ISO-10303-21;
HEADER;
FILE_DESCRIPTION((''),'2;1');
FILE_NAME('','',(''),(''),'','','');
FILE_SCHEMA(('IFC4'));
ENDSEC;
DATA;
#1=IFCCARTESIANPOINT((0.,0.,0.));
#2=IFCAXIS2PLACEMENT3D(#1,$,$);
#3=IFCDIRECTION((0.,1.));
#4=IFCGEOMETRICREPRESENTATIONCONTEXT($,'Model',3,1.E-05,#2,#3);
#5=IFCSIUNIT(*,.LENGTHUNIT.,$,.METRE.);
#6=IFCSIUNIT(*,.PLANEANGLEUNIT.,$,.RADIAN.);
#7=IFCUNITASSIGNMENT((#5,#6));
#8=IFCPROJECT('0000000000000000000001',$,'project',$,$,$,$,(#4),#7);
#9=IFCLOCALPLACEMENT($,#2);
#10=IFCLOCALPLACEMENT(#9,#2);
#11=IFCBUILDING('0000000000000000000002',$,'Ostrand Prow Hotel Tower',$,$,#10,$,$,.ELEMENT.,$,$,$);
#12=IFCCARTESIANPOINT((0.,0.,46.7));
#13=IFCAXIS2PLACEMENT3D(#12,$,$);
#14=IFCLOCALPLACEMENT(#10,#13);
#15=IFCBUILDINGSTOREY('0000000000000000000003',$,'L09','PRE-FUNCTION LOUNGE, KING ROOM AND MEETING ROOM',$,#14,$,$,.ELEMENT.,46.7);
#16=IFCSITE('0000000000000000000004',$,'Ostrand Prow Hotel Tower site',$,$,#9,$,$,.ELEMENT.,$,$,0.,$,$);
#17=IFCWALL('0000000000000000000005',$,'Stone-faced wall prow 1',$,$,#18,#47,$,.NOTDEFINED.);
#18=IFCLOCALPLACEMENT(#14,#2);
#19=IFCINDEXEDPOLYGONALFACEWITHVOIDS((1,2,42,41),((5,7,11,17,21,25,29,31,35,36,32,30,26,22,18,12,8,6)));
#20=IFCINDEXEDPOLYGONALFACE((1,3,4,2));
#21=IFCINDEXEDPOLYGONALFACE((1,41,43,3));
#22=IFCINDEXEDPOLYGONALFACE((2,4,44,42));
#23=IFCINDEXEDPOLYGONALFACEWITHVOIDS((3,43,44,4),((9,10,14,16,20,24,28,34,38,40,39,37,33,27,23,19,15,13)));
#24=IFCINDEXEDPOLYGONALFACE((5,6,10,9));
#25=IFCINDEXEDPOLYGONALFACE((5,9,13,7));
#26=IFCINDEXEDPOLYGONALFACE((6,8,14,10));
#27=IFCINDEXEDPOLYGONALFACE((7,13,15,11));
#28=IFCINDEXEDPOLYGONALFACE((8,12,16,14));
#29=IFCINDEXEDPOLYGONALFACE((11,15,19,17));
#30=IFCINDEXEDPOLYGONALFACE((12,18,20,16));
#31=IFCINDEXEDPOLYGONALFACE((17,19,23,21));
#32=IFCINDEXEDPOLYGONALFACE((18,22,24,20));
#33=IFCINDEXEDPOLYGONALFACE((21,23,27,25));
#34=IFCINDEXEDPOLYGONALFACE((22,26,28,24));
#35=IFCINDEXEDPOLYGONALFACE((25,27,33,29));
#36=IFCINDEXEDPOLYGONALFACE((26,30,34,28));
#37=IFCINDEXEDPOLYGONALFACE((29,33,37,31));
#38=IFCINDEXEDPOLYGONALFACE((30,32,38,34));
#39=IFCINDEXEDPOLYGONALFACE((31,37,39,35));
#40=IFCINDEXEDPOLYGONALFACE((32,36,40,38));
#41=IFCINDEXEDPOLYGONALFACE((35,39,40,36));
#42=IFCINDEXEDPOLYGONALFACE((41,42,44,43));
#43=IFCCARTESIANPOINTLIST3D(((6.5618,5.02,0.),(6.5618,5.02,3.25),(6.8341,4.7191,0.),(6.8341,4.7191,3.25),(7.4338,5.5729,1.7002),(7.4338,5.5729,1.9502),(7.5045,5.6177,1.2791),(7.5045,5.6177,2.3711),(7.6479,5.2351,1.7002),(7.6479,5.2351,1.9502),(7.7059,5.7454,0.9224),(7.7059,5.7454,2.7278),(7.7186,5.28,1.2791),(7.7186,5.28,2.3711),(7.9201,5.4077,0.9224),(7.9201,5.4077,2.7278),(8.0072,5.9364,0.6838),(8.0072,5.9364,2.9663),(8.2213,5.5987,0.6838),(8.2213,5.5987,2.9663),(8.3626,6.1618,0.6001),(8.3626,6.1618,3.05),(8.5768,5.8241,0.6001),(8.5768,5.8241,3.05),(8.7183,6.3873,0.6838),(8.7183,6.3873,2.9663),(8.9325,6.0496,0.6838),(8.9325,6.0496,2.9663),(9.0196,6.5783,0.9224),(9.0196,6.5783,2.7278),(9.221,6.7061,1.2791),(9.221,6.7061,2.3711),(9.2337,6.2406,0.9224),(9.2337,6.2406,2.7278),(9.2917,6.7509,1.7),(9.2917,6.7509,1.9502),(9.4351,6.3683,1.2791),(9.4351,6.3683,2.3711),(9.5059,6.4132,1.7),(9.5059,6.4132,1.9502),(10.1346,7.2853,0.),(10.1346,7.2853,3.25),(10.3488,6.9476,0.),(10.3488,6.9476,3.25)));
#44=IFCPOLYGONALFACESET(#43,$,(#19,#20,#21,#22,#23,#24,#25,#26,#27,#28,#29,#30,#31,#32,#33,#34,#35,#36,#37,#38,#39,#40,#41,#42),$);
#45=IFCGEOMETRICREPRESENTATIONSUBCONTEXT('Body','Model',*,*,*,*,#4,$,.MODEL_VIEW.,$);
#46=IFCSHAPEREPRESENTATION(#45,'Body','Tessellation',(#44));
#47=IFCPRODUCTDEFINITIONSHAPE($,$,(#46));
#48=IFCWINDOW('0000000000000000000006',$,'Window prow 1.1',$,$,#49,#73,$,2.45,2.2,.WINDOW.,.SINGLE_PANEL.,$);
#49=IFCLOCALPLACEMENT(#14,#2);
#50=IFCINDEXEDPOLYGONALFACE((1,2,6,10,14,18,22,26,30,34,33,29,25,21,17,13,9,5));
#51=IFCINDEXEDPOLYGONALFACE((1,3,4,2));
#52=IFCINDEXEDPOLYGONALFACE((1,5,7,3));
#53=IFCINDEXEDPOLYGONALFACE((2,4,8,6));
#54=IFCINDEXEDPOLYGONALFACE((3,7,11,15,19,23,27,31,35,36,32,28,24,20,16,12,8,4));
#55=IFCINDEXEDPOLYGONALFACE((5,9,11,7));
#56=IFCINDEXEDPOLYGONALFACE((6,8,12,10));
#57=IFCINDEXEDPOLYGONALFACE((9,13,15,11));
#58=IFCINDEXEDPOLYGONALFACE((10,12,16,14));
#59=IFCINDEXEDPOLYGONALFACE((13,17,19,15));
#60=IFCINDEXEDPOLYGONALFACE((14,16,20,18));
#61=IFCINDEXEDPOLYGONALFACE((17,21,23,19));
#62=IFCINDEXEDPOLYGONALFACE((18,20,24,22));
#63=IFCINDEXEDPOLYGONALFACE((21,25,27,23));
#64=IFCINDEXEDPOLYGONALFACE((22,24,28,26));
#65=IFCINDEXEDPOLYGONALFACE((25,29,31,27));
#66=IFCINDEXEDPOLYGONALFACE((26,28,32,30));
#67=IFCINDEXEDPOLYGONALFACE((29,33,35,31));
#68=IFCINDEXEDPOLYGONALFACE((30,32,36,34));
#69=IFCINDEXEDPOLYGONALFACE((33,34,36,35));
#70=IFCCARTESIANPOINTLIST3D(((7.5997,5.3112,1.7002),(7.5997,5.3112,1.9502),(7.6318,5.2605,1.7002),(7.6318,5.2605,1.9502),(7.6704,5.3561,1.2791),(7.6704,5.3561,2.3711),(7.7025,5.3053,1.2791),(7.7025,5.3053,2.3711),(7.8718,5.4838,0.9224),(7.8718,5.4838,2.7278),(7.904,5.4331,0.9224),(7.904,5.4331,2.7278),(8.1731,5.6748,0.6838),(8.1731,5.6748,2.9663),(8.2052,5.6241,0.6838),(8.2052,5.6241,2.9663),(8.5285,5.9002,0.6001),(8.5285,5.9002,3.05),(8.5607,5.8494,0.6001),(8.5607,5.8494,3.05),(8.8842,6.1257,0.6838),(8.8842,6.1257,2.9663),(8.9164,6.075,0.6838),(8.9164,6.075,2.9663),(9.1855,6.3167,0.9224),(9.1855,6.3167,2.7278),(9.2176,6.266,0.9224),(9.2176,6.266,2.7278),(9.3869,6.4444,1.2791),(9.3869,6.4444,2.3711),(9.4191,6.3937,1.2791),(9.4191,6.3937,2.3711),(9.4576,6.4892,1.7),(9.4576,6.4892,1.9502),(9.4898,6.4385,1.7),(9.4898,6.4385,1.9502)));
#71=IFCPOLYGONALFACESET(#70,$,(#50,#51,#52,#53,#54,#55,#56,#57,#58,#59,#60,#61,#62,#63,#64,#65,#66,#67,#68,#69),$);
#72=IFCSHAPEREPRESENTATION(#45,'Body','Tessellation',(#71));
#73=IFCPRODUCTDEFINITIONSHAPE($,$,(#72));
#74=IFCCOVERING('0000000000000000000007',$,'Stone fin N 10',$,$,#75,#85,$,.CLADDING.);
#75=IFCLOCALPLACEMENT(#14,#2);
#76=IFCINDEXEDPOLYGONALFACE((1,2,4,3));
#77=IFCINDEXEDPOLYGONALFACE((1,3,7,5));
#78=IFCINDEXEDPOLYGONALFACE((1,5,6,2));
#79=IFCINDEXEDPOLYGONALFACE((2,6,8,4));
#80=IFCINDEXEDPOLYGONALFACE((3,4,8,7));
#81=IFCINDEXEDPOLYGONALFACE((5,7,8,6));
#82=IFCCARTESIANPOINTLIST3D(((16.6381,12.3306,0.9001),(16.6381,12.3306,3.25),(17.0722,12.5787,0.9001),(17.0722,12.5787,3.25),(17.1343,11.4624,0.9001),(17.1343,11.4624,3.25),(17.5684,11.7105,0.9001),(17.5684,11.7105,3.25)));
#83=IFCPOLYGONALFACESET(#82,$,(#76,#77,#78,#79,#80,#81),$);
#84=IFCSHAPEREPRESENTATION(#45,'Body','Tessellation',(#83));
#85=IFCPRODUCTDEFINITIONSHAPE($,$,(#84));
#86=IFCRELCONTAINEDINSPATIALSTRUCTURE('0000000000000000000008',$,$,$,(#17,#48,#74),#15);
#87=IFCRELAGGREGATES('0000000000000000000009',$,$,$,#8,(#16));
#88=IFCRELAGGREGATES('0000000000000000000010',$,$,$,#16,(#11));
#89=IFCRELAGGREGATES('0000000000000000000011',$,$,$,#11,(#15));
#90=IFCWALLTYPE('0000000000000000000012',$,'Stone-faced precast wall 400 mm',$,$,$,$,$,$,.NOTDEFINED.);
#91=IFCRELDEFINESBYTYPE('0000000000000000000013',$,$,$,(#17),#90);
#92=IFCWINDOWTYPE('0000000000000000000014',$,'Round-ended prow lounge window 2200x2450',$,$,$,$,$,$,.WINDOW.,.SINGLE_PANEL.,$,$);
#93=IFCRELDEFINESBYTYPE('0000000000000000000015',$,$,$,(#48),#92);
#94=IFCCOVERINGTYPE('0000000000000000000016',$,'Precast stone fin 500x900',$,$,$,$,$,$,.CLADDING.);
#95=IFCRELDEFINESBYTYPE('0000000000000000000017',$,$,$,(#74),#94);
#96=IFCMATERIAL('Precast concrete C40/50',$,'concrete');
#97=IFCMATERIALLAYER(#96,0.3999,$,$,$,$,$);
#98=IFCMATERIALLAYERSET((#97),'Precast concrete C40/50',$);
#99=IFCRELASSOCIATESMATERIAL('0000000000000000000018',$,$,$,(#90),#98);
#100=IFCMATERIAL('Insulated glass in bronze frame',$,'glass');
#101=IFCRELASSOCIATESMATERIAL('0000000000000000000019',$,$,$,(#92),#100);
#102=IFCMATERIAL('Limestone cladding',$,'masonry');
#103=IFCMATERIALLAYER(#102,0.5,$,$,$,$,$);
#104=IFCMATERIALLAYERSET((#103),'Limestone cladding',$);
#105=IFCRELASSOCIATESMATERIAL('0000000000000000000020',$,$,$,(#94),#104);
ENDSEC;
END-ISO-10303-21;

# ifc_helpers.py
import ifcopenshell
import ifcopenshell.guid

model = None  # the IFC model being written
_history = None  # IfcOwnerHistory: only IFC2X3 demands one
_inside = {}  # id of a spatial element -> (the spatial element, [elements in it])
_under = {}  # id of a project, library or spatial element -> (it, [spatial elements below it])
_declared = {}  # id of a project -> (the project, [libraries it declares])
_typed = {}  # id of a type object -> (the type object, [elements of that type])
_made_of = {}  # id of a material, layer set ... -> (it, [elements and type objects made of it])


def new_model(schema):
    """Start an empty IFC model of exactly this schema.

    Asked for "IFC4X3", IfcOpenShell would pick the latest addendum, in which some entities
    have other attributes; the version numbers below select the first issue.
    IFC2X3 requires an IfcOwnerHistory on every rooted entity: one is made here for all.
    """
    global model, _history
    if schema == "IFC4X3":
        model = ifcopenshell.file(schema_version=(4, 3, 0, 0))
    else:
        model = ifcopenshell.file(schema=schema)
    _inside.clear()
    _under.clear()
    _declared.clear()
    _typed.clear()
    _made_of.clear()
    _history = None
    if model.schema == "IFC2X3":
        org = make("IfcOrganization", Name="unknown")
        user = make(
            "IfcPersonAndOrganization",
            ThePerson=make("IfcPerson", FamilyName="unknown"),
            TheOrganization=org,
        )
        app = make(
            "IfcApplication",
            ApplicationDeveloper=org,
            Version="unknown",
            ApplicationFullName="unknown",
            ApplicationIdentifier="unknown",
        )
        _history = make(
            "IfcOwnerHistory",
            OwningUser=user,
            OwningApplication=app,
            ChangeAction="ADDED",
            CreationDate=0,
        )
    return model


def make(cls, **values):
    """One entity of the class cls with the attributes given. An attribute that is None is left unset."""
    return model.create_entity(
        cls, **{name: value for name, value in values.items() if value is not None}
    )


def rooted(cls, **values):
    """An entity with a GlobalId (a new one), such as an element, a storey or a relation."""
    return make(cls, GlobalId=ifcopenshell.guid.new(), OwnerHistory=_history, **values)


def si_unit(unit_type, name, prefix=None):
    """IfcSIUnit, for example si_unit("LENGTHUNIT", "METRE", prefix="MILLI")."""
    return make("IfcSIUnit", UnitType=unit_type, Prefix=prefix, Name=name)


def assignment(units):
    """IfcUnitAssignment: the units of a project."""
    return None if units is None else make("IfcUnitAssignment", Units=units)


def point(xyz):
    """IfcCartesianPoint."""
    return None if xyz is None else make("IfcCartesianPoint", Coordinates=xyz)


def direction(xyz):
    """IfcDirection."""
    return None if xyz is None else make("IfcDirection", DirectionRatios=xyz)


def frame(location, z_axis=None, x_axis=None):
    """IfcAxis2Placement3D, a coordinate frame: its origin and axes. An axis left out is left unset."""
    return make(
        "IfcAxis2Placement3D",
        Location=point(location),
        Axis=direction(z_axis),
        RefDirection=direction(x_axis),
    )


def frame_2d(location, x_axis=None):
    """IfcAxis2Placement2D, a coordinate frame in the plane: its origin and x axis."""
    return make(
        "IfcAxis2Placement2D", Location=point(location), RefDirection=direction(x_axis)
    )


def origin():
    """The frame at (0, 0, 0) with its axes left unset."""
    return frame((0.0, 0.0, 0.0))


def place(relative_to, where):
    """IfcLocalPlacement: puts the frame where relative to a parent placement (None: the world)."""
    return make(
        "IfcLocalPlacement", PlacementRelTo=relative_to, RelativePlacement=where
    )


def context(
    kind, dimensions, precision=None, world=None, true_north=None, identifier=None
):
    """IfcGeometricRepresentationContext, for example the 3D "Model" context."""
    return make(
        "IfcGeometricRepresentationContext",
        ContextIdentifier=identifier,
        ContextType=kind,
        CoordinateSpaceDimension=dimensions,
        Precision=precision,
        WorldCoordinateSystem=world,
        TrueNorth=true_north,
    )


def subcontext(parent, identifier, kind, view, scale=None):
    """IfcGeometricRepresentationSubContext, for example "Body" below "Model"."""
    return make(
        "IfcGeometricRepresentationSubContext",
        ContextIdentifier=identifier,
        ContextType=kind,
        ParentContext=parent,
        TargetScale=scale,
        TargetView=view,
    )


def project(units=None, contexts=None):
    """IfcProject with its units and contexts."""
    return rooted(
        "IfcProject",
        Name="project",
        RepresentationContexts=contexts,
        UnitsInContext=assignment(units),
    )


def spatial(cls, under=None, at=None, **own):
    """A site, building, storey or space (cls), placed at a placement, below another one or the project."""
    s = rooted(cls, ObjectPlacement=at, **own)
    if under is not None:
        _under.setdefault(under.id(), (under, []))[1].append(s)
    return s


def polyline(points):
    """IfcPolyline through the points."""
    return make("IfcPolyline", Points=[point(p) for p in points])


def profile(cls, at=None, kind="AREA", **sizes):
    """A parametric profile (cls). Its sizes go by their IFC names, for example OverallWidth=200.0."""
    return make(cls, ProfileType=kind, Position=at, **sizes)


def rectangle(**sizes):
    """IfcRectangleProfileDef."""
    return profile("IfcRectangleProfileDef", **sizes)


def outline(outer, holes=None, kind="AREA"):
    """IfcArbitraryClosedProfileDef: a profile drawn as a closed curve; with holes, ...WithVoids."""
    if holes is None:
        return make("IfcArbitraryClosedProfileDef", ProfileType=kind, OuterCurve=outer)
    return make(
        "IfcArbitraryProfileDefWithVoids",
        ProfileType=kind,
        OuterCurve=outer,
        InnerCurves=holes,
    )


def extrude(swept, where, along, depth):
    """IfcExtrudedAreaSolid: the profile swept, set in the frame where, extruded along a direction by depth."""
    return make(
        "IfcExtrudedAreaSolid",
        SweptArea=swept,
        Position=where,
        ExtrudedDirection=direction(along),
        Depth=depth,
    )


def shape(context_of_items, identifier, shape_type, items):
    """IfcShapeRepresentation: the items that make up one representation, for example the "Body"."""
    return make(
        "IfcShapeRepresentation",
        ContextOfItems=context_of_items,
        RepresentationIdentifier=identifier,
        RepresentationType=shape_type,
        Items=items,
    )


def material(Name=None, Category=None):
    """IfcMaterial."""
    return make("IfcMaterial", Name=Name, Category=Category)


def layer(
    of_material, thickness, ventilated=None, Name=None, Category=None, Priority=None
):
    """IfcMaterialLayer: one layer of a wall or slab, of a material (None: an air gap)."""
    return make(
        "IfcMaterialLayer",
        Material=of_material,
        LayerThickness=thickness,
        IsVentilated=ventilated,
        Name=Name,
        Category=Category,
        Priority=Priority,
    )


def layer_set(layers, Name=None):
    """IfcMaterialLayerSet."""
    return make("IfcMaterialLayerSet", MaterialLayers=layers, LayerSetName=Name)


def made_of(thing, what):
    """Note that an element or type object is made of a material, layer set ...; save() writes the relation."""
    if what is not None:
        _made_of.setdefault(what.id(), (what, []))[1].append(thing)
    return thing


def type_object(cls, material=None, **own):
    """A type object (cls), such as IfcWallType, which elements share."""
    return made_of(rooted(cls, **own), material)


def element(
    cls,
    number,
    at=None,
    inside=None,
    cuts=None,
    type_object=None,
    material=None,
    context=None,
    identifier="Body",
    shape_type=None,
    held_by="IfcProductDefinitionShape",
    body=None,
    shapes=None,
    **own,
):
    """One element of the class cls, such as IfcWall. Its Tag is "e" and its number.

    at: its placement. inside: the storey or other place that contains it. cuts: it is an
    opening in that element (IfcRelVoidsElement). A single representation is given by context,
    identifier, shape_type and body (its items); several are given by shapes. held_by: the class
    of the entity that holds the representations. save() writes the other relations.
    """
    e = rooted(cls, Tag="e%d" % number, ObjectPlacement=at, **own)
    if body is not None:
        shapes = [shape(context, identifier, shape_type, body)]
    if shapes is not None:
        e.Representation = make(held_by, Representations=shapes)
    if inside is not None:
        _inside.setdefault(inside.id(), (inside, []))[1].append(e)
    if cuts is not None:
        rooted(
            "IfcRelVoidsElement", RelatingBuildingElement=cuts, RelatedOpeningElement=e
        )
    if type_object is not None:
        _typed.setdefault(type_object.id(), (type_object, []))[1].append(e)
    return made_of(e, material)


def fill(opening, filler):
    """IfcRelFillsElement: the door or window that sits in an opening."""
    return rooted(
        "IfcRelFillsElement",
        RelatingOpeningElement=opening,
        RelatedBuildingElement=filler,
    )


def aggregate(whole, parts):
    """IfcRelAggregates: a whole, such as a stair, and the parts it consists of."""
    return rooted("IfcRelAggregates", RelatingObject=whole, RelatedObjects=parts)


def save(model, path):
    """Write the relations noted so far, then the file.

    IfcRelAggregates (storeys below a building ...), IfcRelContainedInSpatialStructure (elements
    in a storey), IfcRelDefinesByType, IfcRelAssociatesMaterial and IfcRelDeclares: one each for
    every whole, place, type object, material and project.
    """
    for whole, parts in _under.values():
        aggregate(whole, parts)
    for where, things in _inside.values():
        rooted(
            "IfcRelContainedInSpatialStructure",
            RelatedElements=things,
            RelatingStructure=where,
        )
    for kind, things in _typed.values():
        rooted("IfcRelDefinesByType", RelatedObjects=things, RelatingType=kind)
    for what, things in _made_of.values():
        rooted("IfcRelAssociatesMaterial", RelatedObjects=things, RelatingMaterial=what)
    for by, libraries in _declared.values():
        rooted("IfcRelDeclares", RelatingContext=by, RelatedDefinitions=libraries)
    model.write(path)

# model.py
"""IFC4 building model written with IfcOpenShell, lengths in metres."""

from ifc_helpers import new_model, si_unit, direction, frame, frame_2d, origin, place, context, subcontext, project, spatial, polyline, rectangle, outline, extrude, material, layer, layer_set, type_object, element, fill, save


model = new_model("IFC4")

# Units and contexts
model_context = context("Model", 3, precision=1e-05, world=origin(), true_north=direction((0.0, 1.0)))
body_context = subcontext(model_context, "Body", "Model", "MODEL_VIEW")
ifc_project = project(units=[si_unit("LENGTHUNIT", "METRE"), si_unit("PLANEANGLEUNIT", "RADIAN")], contexts=[model_context])

# Site, building, storey
site_placement = place(None, origin())
site = spatial("IfcSite", under=ifc_project, at=site_placement, Name="Ostrand Prow Hotel Tower site", CompositionType="ELEMENT", RefElevation=0.0)
building_placement = place(site_placement, origin())
building = spatial("IfcBuilding", under=site, at=building_placement, Name="Ostrand Prow Hotel Tower", CompositionType="ELEMENT")
storey_placement = place(building_placement, frame((0.0, 0.0, 46.7)))
storey = spatial("IfcBuildingStorey", under=building, at=storey_placement, Name="L09", Description="PRE-FUNCTION LOUNGE, KING ROOM AND MEETING ROOM", CompositionType="ELEMENT", Elevation=46.7)

# Wall, opening, window
ifc_material_1 = material(Name="Precast concrete C40/50", Category="concrete")
ifc_layer_1 = layer(ifc_material_1, 0.3999)
ifc_layer_set_1 = layer_set([ifc_layer_1], Name="Precast concrete C40/50")
wall_type_1 = type_object("IfcWallType", Name="Stone-faced precast wall 400 mm", PredefinedType="NOTDEFINED", material=ifc_layer_set_1)
wall_1_placement = place(storey_placement, frame((10.2417, 7.1165, 0.0), z_axis=(0.0, 0.0, 1.0), x_axis=(-0.844552, -0.535474, 0.0)))
wall_1 = element("IfcWall", 1, at=wall_1_placement, inside=storey, type_object=wall_type_1, Name="Stone-faced wall prow 1", PredefinedType="NOTDEFINED", context=body_context, shape_type="SweptSolid", body=[
    extrude(outline(polyline([(0.0, -0.2), (4.2305, -0.2), (4.1616, 0.2), (0.0, 0.2), (0.0, -0.2)])), origin(), (0.0, 0.0, 1.0), 3.25),
])
opening_1_placement = place(wall_1_placement, frame((0.998, 0.0, 0.6001)))
opening_1 = element("IfcOpeningElement", 2, at=opening_1_placement, cuts=wall_1, PredefinedType="OPENING", context=body_context, shape_type="SweptSolid", body=[
    extrude(outline(polyline([(0.0, 1.3501), (0.0837, 1.771), (0.3223, 2.1277), (0.679, 2.3662), (1.1001, 2.45), (1.521, 2.3662), (1.8777, 2.1277), (2.1162, 1.771), (2.2, 1.3501), (2.2, 1.1001), (2.1162, 0.679), (1.8777, 0.3223), (1.521, 0.0837), (1.1001, 0.0), (0.679, 0.0837), (0.3223, 0.3223), (0.0837, 0.679), (0.0, 1.0999), (0.0, 1.3501)])), frame((0.0, 0.21, 0.0), z_axis=(0.0, -1.0, 0.0), x_axis=(1.0, 0.0, 0.0)), (0.0, 0.0, 1.0), 0.4199),
])
ifc_material_2 = material(Name="Insulated glass in bronze frame", Category="glass")
window_type = type_object("IfcWindowType", Name="Round-ended prow lounge window 2200x2450", PartitioningType="SINGLE_PANEL", PredefinedType="WINDOW", material=ifc_material_2)
window_placement = place(opening_1_placement, origin())
window = element("IfcWindow", 3, at=window_placement, inside=storey, type_object=window_type, Name="Window prow 1.1", OverallHeight=2.45, OverallWidth=2.2, PartitioningType="SINGLE_PANEL", PredefinedType="WINDOW", context=body_context, shape_type="SweptSolid", body=[
    extrude(outline(polyline([(0.0, 1.3501), (0.0837, 1.771), (0.3223, 2.1277), (0.679, 2.3662), (1.1001, 2.45), (1.521, 2.3662), (1.8777, 2.1277), (2.1162, 1.771), (2.2, 1.3501), (2.2, 1.1001), (2.1162, 0.679), (1.8777, 0.3223), (1.521, 0.0837), (1.1001, 0.0), (0.679, 0.0837), (0.3223, 0.3223), (0.0837, 0.679), (0.0, 1.0999), (0.0, 1.3501)])), frame((0.0, 0.1699, 0.0), z_axis=(0.0, -1.0, 0.0), x_axis=(1.0, 0.0, 0.0)), (0.0, 0.0, 1.0), 0.0601),
])
fill(opening_1, window)

# Covering
ifc_material_3 = material(Name="Limestone cladding", Category="masonry")
ifc_layer_2 = layer(ifc_material_3, 0.5)
ifc_layer_set_2 = layer_set([ifc_layer_2], Name="Limestone cladding")
covering_type = type_object("IfcCoveringType", Name="Precast stone fin 500x900", PredefinedType="CLADDING", material=ifc_layer_set_2)
covering_placement = place(storey_placement, frame((17.3513, 11.5864, 0.9001), z_axis=(0.0, 0.0, 1.0), x_axis=(-0.496139, 0.868243, 0.0)))
element("IfcCovering", 4, at=covering_placement, inside=storey, type_object=covering_type, Name="Stone fin N 10", PredefinedType="CLADDING", context=body_context, shape_type="SweptSolid", body=[
    extrude(rectangle(XDim=1.0, YDim=0.5, at=frame_2d((0.5, 0.0))), origin(), (0.0, 0.0, 1.0), 2.3499),
])

save(model, "model.ifc")
